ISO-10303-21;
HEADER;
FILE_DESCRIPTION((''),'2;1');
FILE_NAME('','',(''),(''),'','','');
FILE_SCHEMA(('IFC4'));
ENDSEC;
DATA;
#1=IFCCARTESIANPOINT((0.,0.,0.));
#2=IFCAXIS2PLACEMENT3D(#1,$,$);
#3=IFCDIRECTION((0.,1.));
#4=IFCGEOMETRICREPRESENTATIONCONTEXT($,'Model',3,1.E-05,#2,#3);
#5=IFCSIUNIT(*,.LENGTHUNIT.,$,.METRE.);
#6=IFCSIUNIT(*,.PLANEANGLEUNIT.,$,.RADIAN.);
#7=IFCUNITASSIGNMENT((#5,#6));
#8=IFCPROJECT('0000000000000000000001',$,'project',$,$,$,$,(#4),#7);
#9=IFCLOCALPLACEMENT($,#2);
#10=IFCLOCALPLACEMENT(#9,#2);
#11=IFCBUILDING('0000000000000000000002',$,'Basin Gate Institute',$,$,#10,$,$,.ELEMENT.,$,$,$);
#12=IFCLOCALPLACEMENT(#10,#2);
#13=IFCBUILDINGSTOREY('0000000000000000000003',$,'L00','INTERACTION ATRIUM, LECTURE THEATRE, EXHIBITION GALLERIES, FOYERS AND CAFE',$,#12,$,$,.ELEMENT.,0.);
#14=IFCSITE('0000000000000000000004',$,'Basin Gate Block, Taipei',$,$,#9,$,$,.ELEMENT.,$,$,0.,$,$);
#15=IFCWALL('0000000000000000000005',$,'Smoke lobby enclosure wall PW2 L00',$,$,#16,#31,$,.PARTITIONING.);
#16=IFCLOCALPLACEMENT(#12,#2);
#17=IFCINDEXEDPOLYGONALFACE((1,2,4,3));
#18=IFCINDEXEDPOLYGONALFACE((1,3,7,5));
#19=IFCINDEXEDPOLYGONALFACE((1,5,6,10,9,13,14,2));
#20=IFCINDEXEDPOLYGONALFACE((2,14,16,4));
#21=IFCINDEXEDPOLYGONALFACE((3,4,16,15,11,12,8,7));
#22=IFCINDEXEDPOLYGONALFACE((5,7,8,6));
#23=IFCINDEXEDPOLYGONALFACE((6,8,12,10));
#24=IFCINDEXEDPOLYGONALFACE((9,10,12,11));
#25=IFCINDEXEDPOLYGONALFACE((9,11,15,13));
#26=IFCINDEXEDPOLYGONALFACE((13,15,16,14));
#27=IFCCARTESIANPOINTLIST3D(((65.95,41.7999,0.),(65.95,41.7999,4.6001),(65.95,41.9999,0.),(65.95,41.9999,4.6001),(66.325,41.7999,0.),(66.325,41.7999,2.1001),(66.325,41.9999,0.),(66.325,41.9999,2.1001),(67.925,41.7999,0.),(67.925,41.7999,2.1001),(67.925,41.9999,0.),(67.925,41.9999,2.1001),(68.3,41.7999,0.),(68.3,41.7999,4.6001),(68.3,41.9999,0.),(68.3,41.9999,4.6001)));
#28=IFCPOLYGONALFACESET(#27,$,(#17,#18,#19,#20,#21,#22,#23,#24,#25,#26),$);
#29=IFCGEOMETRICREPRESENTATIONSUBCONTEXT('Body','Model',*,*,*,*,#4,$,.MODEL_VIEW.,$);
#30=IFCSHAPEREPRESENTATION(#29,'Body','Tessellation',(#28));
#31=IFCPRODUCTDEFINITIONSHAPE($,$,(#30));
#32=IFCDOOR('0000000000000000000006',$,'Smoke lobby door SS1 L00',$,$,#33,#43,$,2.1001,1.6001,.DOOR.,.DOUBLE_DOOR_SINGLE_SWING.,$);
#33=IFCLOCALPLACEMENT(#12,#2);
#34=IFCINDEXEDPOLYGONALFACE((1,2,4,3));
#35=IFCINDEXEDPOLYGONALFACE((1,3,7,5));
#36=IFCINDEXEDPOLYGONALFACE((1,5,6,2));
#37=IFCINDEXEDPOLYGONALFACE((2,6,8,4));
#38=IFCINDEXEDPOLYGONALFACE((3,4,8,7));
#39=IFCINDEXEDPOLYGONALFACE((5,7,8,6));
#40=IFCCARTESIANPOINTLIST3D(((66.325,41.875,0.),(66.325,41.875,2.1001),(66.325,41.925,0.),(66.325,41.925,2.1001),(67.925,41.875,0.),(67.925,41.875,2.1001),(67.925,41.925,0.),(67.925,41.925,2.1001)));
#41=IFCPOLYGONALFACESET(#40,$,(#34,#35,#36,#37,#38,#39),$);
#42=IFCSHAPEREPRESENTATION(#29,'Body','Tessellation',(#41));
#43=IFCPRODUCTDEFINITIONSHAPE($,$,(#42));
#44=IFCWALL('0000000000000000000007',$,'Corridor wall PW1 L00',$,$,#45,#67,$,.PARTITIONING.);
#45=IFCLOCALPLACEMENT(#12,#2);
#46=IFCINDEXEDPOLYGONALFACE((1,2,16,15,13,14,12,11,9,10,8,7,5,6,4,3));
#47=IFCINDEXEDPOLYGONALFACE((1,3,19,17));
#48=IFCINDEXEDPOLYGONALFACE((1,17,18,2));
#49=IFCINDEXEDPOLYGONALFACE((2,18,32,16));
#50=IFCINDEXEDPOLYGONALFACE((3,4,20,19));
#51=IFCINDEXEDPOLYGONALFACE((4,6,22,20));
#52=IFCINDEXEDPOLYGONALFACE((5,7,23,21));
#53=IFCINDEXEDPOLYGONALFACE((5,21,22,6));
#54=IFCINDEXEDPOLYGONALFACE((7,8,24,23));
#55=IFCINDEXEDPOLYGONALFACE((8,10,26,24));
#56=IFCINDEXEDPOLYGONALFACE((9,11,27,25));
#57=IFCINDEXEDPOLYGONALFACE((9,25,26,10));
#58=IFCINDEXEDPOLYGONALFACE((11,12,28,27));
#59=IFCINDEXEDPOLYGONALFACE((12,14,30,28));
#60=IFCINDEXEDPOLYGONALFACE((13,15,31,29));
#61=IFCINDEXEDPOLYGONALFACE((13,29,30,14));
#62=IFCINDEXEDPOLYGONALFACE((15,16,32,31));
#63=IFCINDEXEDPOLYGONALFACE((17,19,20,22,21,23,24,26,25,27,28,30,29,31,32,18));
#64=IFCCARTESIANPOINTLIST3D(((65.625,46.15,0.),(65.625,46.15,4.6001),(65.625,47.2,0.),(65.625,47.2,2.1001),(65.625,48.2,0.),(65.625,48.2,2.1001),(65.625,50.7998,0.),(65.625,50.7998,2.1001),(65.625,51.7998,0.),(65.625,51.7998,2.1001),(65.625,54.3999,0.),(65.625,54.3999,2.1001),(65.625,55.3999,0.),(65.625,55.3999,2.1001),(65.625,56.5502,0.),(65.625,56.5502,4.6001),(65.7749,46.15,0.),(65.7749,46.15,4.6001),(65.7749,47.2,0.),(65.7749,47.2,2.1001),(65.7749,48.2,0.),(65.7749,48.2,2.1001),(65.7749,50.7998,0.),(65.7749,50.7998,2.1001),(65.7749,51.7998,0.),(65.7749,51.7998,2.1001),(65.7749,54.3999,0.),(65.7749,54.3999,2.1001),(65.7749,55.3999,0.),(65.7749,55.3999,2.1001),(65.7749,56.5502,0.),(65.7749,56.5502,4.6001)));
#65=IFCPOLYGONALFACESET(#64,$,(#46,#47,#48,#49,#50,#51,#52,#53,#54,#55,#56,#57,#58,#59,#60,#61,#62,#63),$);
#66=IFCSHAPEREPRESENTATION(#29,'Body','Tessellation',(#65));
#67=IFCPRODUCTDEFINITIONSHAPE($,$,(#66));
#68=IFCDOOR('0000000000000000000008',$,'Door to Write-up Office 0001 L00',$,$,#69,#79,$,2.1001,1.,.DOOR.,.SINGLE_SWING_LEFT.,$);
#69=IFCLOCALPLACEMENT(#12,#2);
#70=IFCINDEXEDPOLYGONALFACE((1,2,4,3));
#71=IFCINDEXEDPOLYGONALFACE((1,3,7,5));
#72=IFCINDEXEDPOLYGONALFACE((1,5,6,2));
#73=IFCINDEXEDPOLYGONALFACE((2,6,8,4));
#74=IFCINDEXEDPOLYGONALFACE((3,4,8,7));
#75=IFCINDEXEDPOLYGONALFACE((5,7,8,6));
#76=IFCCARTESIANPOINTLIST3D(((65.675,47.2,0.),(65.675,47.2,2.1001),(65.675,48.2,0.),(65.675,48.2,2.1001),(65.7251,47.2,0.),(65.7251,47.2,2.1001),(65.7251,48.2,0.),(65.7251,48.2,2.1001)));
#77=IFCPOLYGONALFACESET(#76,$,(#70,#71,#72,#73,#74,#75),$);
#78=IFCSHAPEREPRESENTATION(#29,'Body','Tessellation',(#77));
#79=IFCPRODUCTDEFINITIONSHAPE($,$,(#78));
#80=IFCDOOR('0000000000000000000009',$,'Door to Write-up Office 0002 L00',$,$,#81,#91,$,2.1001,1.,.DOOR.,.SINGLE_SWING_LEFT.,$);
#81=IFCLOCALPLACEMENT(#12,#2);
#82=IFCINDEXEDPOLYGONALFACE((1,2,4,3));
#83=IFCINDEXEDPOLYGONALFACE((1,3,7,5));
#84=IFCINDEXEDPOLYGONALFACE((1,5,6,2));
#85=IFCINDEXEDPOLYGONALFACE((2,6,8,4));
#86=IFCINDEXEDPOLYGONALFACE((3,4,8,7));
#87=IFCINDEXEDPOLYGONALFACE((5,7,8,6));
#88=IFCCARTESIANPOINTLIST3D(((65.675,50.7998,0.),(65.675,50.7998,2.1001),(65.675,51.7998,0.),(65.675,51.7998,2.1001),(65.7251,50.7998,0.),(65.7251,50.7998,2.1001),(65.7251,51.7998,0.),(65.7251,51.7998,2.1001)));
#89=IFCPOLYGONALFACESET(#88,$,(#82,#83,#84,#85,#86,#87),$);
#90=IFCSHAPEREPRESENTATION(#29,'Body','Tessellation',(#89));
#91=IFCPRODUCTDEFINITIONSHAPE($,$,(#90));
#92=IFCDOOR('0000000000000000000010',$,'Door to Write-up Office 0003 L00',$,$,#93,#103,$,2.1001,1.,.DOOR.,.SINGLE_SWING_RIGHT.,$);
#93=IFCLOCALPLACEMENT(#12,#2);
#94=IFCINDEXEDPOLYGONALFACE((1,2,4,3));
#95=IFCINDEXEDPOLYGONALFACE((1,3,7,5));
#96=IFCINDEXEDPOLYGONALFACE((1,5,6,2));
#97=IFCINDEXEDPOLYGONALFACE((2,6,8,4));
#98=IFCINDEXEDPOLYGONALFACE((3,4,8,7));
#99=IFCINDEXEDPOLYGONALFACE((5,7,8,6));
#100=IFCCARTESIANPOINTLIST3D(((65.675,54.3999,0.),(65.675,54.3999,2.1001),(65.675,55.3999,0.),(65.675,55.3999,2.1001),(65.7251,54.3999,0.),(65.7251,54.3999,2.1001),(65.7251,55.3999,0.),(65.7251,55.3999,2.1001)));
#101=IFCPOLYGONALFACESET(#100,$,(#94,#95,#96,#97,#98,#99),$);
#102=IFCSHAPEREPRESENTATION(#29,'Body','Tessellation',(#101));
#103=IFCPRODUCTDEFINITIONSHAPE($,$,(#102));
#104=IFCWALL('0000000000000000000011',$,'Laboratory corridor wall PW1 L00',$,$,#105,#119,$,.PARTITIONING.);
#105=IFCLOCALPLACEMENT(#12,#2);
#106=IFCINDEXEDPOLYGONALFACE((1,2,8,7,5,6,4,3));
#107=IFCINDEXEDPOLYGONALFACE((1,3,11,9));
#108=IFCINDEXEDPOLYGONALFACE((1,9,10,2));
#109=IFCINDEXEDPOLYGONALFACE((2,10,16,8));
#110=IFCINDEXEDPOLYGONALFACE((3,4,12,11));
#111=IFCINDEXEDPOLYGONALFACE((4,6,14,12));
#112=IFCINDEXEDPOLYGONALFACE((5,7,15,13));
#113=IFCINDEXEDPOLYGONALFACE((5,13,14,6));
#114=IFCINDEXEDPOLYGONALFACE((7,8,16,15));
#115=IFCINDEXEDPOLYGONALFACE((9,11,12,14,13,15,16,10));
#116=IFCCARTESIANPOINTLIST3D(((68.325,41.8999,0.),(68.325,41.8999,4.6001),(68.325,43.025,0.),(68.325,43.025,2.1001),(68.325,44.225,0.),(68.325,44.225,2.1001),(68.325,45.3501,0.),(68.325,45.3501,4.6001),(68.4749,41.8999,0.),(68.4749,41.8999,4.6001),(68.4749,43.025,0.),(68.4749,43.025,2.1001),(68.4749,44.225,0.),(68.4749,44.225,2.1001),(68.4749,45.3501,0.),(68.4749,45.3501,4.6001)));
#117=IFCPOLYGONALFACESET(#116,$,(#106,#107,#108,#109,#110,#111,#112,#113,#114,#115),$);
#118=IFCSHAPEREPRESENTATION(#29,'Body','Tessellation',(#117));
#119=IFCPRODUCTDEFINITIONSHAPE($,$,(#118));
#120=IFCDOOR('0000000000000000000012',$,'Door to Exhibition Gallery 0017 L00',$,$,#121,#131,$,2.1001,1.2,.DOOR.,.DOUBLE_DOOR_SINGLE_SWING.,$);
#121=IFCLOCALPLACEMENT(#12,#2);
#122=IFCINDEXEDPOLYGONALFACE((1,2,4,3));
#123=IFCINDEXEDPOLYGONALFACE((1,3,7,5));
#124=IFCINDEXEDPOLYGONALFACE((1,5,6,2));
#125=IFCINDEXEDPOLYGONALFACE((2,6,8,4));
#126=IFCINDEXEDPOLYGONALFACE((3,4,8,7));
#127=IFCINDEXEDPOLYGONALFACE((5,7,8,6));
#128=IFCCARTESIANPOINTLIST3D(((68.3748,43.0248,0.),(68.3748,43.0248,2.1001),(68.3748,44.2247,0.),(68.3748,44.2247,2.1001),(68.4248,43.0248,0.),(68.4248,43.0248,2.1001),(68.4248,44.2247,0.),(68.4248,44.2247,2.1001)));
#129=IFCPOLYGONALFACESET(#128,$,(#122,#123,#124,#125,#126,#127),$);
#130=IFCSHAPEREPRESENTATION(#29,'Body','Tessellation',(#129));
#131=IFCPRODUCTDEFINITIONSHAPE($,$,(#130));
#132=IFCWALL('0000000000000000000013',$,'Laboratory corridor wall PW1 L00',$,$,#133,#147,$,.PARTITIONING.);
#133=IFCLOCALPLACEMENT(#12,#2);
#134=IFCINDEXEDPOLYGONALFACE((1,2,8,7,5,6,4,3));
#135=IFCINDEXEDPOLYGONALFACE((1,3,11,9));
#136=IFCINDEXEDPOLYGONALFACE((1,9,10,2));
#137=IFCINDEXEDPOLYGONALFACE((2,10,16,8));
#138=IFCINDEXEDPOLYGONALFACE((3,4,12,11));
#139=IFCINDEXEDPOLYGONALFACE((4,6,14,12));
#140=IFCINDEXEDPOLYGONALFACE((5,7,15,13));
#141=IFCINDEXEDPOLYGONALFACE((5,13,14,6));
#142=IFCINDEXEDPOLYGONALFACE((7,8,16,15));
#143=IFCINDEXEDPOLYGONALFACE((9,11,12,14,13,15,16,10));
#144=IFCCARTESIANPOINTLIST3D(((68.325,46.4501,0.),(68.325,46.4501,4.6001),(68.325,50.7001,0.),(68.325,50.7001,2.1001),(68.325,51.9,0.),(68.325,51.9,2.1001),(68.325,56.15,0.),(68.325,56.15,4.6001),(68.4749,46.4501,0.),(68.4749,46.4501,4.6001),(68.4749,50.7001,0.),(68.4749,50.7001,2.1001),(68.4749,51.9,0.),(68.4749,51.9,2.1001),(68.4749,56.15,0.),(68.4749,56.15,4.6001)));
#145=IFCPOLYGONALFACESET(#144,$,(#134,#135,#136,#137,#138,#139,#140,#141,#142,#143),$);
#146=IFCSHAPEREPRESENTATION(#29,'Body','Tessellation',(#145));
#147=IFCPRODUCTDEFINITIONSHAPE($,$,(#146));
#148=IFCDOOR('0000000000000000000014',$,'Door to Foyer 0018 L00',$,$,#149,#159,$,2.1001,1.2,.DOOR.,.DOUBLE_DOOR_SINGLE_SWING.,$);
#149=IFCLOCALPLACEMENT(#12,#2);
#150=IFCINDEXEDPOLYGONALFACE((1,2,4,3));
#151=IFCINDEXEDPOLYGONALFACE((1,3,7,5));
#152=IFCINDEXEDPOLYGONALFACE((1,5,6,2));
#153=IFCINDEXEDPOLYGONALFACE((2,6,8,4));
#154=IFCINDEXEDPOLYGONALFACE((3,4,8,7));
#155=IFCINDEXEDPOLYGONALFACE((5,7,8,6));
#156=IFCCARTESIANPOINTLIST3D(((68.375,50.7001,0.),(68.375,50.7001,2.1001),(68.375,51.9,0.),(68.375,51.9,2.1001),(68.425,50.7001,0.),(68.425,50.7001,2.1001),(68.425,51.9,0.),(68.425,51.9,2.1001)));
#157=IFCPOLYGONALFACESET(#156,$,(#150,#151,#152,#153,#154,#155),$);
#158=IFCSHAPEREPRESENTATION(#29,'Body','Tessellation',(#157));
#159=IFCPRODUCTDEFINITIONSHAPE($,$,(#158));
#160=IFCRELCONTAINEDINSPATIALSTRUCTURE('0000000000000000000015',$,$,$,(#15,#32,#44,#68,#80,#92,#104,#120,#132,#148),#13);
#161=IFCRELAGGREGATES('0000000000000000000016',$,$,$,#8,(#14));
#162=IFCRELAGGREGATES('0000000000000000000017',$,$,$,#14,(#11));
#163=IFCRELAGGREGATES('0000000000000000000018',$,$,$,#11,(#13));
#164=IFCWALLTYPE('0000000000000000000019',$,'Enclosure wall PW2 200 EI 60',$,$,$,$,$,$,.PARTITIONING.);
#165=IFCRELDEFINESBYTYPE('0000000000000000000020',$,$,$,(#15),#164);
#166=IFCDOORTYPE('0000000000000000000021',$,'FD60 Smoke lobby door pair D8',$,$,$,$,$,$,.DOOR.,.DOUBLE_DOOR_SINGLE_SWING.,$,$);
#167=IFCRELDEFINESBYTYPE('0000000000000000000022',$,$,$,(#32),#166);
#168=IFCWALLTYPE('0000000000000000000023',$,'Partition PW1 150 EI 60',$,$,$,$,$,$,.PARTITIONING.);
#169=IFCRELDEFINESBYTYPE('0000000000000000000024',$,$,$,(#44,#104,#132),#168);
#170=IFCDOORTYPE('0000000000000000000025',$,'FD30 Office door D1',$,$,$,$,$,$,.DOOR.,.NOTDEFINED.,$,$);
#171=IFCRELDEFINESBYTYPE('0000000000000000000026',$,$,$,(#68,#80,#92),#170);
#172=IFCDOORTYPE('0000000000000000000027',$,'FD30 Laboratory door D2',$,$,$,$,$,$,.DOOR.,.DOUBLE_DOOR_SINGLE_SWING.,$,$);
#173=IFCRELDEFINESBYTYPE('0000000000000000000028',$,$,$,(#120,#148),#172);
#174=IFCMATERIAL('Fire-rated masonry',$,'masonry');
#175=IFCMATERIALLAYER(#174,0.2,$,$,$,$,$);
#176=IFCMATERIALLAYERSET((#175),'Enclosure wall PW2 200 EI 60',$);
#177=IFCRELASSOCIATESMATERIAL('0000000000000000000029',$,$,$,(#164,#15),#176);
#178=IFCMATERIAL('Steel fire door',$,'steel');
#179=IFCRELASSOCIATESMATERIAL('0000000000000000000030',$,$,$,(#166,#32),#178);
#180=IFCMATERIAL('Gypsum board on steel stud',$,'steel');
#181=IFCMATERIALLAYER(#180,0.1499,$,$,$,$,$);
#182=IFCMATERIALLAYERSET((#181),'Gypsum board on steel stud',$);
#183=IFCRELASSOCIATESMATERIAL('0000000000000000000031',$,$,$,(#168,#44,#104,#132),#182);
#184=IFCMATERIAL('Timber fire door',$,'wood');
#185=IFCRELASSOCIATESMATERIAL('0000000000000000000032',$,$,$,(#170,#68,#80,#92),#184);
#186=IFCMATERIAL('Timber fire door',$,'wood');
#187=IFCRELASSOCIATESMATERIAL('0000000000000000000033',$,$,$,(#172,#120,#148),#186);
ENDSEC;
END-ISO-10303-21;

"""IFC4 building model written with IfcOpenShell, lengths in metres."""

from ifc_helpers import new_model, si_unit, direction, frame, frame_2d, origin, place, context, subcontext, project, spatial, rectangle, extrude, material, layer, layer_set, type_object, element, fill, save


model = new_model("IFC4")

# Units and contexts
model_context = context("Model", 3, precision=1e-05, world=origin(), true_north=direction((0.0, 1.0)))
body_context = subcontext(model_context, "Body", "Model", "MODEL_VIEW")
ifc_project = project(units=[si_unit("LENGTHUNIT", "METRE"), si_unit("PLANEANGLEUNIT", "RADIAN")], contexts=[model_context])

# Site, building, storey
site_placement = place(None, origin())
site = spatial("IfcSite", under=ifc_project, at=site_placement, Name="Basin Gate Block, Taipei", CompositionType="ELEMENT", RefElevation=0.0)
building_placement = place(site_placement, origin())
building = spatial("IfcBuilding", under=site, at=building_placement, Name="Basin Gate Institute", CompositionType="ELEMENT")
storey_placement = place(building_placement, origin())
storey = spatial("IfcBuildingStorey", under=building, at=storey_placement, Name="L00", Description="INTERACTION ATRIUM, LECTURE THEATRE, EXHIBITION GALLERIES, FOYERS AND CAFE", CompositionType="ELEMENT", Elevation=0.0)

# Wall, opening, door
ifc_material_1 = material(Name="Fire-rated masonry", Category="masonry")
ifc_layer_1 = layer(ifc_material_1, 0.2)
ifc_layer_set_1 = layer_set([ifc_layer_1], Name="Enclosure wall PW2 200 EI 60")
wall_type_1 = type_object("IfcWallType", Name="Enclosure wall PW2 200 EI 60", PredefinedType="PARTITIONING", material=ifc_layer_set_1)
wall_1_placement = place(storey_placement, frame((65.95, 41.8999, 0.0), z_axis=(0.0, 0.0, 1.0), x_axis=(1.0, 0.0, 0.0)))
wall_1 = element("IfcWall", 1, at=wall_1_placement, inside=storey, type_object=wall_type_1, material=ifc_layer_set_1, Name="Smoke lobby enclosure wall PW2 L00", PredefinedType="PARTITIONING", context=body_context, shape_type="SweptSolid", body=[
    extrude(rectangle(XDim=2.3501, YDim=0.2, at=frame_2d((1.175, 0.0))), origin(), (0.0, 0.0, 1.0), 4.6001),
])
opening_1_placement = place(wall_1_placement, frame((0.375, 0.0, 0.0)))
opening_1 = element("IfcOpeningElement", 2, at=opening_1_placement, cuts=wall_1, PredefinedType="OPENING", context=body_context, shape_type="SweptSolid", body=[
    extrude(rectangle(XDim=1.6001, YDim=2.1001, at=frame_2d((0.8, 1.05))), frame((0.0, 0.1099, 0.0), z_axis=(0.0, -1.0, 0.0), x_axis=(1.0, 0.0, 0.0)), (0.0, 0.0, 1.0), 0.22),
])
ifc_material_2 = material(Name="Steel fire door", Category="steel")
door_type_1 = type_object("IfcDoorType", Name="FD60 Smoke lobby door pair D8", OperationType="DOUBLE_DOOR_SINGLE_SWING", PredefinedType="DOOR", material=ifc_material_2)
door_1_placement = place(opening_1_placement, frame((1.6001, 0.0, 0.0), z_axis=(0.0, 0.0, 1.0), x_axis=(-1.0, 0.0, 0.0)))
door_1 = element("IfcDoor", 3, at=door_1_placement, inside=storey, type_object=door_type_1, material=ifc_material_2, Name="Smoke lobby door SS1 L00", OperationType="DOUBLE_DOOR_SINGLE_SWING", OverallHeight=2.1001, OverallWidth=1.6001, PredefinedType="DOOR", context=body_context, shape_type="SweptSolid", body=[
    extrude(rectangle(XDim=1.6001, YDim=2.1001, at=frame_2d((0.8, 1.05))), frame((0.0, 0.0249, 0.0), z_axis=(0.0, -1.0, 0.0), x_axis=(1.0, 0.0, 0.0)), (0.0, 0.0, 1.0), 0.05),
])
fill(opening_1, door_1)

# Wall, openings, doors
ifc_material_3 = material(Name="Gypsum board on steel stud", Category="steel")
ifc_layer_2 = layer(ifc_material_3, 0.1499)
ifc_layer_set_2 = layer_set([ifc_layer_2], Name="Gypsum board on steel stud")
wall_type_2 = type_object("IfcWallType", Name="Partition PW1 150 EI 60", PredefinedType="PARTITIONING", material=ifc_layer_set_2)
wall_2_placement = place(storey_placement, frame((65.7, 46.1499, 0.0), z_axis=(0.0, 0.0, 1.0), x_axis=(0.0, 1.0, 0.0)))
wall_2 = element("IfcWall", 4, at=wall_2_placement, inside=storey, type_object=wall_type_2, material=ifc_layer_set_2, Name="Corridor wall PW1 L00", PredefinedType="PARTITIONING", context=body_context, shape_type="SweptSolid", body=[
    extrude(rectangle(XDim=10.4001, YDim=0.1499, at=frame_2d((5.2002, 0.0))), origin(), (0.0, 0.0, 1.0), 4.6001),
])
opening_2_placement = place(wall_2_placement, frame((1.05, 0.0, 0.0)))
opening_2 = element("IfcOpeningElement", 5, at=opening_2_placement, cuts=wall_2, PredefinedType="OPENING", context=body_context, shape_type="SweptSolid", body=[
    extrude(rectangle(XDim=1.0, YDim=2.1001, at=frame_2d((0.5, 1.05))), frame((0.0, 0.085, 0.0), z_axis=(0.0, -1.0, 0.0), x_axis=(1.0, 0.0, 0.0)), (0.0, 0.0, 1.0), 0.1699),
])
opening_3_placement = place(wall_2_placement, frame((4.6499, 0.0, 0.0)))
opening_3 = element("IfcOpeningElement", 6, at=opening_3_placement, cuts=wall_2, PredefinedType="OPENING", context=body_context, shape_type="SweptSolid", body=[
    extrude(rectangle(XDim=1.0, YDim=2.1001, at=frame_2d((0.5, 1.05))), frame((0.0, 0.085, 0.0), z_axis=(0.0, -1.0, 0.0), x_axis=(1.0, 0.0, 0.0)), (0.0, 0.0, 1.0), 0.1699),
])
opening_4_placement = place(wall_2_placement, frame((8.25, 0.0, 0.0)))
opening_4 = element("IfcOpeningElement", 7, at=opening_4_placement, cuts=wall_2, PredefinedType="OPENING", context=body_context, shape_type="SweptSolid", body=[
    extrude(rectangle(XDim=1.0, YDim=2.1001, at=frame_2d((0.5, 1.05))), frame((0.0, 0.085, 0.0), z_axis=(0.0, -1.0, 0.0), x_axis=(1.0, 0.0, 0.0)), (0.0, 0.0, 1.0), 0.1699),
])
ifc_material_4 = material(Name="Timber fire door", Category="wood")
door_type_2 = type_object("IfcDoorType", Name="FD30 Office door D1", OperationType="NOTDEFINED", PredefinedType="DOOR", material=ifc_material_4)
door_2_placement = place(opening_2_placement, origin())
door_2 = element("IfcDoor", 8, at=door_2_placement, inside=storey, type_object=door_type_2, material=ifc_material_4, Name="Door to Write-up Office 0001 L00", OperationType="SINGLE_SWING_LEFT", OverallHeight=2.1001, OverallWidth=1.0, PredefinedType="DOOR", context=body_context, shape_type="SweptSolid", body=[
    extrude(rectangle(XDim=1.0, YDim=2.1001, at=frame_2d((0.5, 1.05))), frame((0.0, 0.0249, 0.0), z_axis=(0.0, -1.0, 0.0), x_axis=(1.0, 0.0, 0.0)), (0.0, 0.0, 1.0), 0.05),
])
fill(opening_2, door_2)
door_3_placement = place(opening_3_placement, origin())
door_3 = element("IfcDoor", 9, at=door_3_placement, inside=storey, type_object=door_type_2, material=ifc_material_4, Name="Door to Write-up Office 0002 L00", OperationType="SINGLE_SWING_LEFT", OverallHeight=2.1001, OverallWidth=1.0, PredefinedType="DOOR", context=body_context, shape_type="SweptSolid", body=[
    extrude(rectangle(XDim=1.0, YDim=2.1001, at=frame_2d((0.5, 1.05))), frame((0.0, 0.0249, 0.0), z_axis=(0.0, -1.0, 0.0), x_axis=(1.0, 0.0, 0.0)), (0.0, 0.0, 1.0), 0.05),
])
fill(opening_3, door_3)
door_4_placement = place(opening_4_placement, origin())
door_4 = element("IfcDoor", 10, at=door_4_placement, inside=storey, type_object=door_type_2, material=ifc_material_4, Name="Door to Write-up Office 0003 L00", OperationType="SINGLE_SWING_RIGHT", OverallHeight=2.1001, OverallWidth=1.0, PredefinedType="DOOR", context=body_context, shape_type="SweptSolid", body=[
    extrude(rectangle(XDim=1.0, YDim=2.1001, at=frame_2d((0.5, 1.05))), frame((0.0, 0.0249, 0.0), z_axis=(0.0, -1.0, 0.0), x_axis=(1.0, 0.0, 0.0)), (0.0, 0.0, 1.0), 0.05),
])
fill(opening_4, door_4)

# Walls, openings, doors
wall_3_placement = place(storey_placement, frame((68.3999, 41.8999, 0.0), z_axis=(0.0, 0.0, 1.0), x_axis=(0.0, 1.0, 0.0)))
wall_3 = element("IfcWall", 11, at=wall_3_placement, inside=storey, type_object=wall_type_2, material=ifc_layer_set_2, Name="Laboratory corridor wall PW1 L00", PredefinedType="PARTITIONING", context=body_context, shape_type="SweptSolid", body=[
    extrude(rectangle(XDim=3.4502, YDim=0.1499, at=frame_2d((1.7251, 0.0))), origin(), (0.0, 0.0, 1.0), 4.6001),
])
opening_5_placement = place(wall_3_placement, frame((1.125, 0.0, 0.0)))
opening_5 = element("IfcOpeningElement", 12, at=opening_5_placement, cuts=wall_3, PredefinedType="OPENING", context=body_context, shape_type="SweptSolid", body=[
    extrude(rectangle(XDim=1.2, YDim=2.1001, at=frame_2d((0.6001, 1.05))), frame((0.0, 0.085, 0.0), z_axis=(0.0, -1.0, 0.0), x_axis=(1.0, 0.0, 0.0)), (0.0, 0.0, 1.0), 0.1699),
])
ifc_material_5 = material(Name="Timber fire door", Category="wood")
door_type_3 = type_object("IfcDoorType", Name="FD30 Laboratory door D2", OperationType="DOUBLE_DOOR_SINGLE_SWING", PredefinedType="DOOR", material=ifc_material_5)
door_5_placement = place(opening_5_placement, frame((1.2, 0.0, 0.0), z_axis=(0.0, 0.0, 1.0), x_axis=(-1.0, 0.0, 0.0)))
door_5 = element("IfcDoor", 13, at=door_5_placement, inside=storey, type_object=door_type_3, material=ifc_material_5, Name="Door to Exhibition Gallery 0017 L00", OperationType="DOUBLE_DOOR_SINGLE_SWING", OverallHeight=2.1001, OverallWidth=1.2, PredefinedType="DOOR", context=body_context, shape_type="SweptSolid", body=[
    extrude(rectangle(XDim=1.2, YDim=2.1001, at=frame_2d((0.6001, 1.05))), frame((0.0, 0.0249, 0.0), z_axis=(0.0, -1.0, 0.0), x_axis=(1.0, 0.0, 0.0)), (0.0, 0.0, 1.0), 0.05),
])
fill(opening_5, door_5)
wall_4_placement = place(storey_placement, frame((68.3999, 46.45, 0.0), z_axis=(0.0, 0.0, 1.0), x_axis=(0.0, 1.0, 0.0)))
wall_4 = element("IfcWall", 14, at=wall_4_placement, inside=storey, type_object=wall_type_2, material=ifc_layer_set_2, Name="Laboratory corridor wall PW1 L00", PredefinedType="PARTITIONING", context=body_context, shape_type="SweptSolid", body=[
    extrude(rectangle(XDim=9.7, YDim=0.1499, at=frame_2d((4.8501, 0.0))), origin(), (0.0, 0.0, 1.0), 4.6001),
])
opening_6_placement = place(wall_4_placement, frame((4.25, 0.0, 0.0)))
opening_6 = element("IfcOpeningElement", 15, at=opening_6_placement, cuts=wall_4, PredefinedType="OPENING", context=body_context, shape_type="SweptSolid", body=[
    extrude(rectangle(XDim=1.2, YDim=2.1001, at=frame_2d((0.6001, 1.05))), frame((0.0, 0.085, 0.0), z_axis=(0.0, -1.0, 0.0), x_axis=(1.0, 0.0, 0.0)), (0.0, 0.0, 1.0), 0.1699),
])
door_6_placement = place(opening_6_placement, origin())
door_6 = element("IfcDoor", 16, at=door_6_placement, inside=storey, type_object=door_type_3, material=ifc_material_5, Name="Door to Foyer 0018 L00", OperationType="DOUBLE_DOOR_SINGLE_SWING", OverallHeight=2.1001, OverallWidth=1.2, PredefinedType="DOOR", context=body_context, shape_type="SweptSolid", body=[
    extrude(rectangle(XDim=1.2, YDim=2.1001, at=frame_2d((0.6001, 1.05))), frame((0.0, 0.0249, 0.0), z_axis=(0.0, -1.0, 0.0), x_axis=(1.0, 0.0, 0.0)), (0.0, 0.0, 1.0), 0.05),
])
fill(opening_6, door_6)

save(model, "model.ifc")
